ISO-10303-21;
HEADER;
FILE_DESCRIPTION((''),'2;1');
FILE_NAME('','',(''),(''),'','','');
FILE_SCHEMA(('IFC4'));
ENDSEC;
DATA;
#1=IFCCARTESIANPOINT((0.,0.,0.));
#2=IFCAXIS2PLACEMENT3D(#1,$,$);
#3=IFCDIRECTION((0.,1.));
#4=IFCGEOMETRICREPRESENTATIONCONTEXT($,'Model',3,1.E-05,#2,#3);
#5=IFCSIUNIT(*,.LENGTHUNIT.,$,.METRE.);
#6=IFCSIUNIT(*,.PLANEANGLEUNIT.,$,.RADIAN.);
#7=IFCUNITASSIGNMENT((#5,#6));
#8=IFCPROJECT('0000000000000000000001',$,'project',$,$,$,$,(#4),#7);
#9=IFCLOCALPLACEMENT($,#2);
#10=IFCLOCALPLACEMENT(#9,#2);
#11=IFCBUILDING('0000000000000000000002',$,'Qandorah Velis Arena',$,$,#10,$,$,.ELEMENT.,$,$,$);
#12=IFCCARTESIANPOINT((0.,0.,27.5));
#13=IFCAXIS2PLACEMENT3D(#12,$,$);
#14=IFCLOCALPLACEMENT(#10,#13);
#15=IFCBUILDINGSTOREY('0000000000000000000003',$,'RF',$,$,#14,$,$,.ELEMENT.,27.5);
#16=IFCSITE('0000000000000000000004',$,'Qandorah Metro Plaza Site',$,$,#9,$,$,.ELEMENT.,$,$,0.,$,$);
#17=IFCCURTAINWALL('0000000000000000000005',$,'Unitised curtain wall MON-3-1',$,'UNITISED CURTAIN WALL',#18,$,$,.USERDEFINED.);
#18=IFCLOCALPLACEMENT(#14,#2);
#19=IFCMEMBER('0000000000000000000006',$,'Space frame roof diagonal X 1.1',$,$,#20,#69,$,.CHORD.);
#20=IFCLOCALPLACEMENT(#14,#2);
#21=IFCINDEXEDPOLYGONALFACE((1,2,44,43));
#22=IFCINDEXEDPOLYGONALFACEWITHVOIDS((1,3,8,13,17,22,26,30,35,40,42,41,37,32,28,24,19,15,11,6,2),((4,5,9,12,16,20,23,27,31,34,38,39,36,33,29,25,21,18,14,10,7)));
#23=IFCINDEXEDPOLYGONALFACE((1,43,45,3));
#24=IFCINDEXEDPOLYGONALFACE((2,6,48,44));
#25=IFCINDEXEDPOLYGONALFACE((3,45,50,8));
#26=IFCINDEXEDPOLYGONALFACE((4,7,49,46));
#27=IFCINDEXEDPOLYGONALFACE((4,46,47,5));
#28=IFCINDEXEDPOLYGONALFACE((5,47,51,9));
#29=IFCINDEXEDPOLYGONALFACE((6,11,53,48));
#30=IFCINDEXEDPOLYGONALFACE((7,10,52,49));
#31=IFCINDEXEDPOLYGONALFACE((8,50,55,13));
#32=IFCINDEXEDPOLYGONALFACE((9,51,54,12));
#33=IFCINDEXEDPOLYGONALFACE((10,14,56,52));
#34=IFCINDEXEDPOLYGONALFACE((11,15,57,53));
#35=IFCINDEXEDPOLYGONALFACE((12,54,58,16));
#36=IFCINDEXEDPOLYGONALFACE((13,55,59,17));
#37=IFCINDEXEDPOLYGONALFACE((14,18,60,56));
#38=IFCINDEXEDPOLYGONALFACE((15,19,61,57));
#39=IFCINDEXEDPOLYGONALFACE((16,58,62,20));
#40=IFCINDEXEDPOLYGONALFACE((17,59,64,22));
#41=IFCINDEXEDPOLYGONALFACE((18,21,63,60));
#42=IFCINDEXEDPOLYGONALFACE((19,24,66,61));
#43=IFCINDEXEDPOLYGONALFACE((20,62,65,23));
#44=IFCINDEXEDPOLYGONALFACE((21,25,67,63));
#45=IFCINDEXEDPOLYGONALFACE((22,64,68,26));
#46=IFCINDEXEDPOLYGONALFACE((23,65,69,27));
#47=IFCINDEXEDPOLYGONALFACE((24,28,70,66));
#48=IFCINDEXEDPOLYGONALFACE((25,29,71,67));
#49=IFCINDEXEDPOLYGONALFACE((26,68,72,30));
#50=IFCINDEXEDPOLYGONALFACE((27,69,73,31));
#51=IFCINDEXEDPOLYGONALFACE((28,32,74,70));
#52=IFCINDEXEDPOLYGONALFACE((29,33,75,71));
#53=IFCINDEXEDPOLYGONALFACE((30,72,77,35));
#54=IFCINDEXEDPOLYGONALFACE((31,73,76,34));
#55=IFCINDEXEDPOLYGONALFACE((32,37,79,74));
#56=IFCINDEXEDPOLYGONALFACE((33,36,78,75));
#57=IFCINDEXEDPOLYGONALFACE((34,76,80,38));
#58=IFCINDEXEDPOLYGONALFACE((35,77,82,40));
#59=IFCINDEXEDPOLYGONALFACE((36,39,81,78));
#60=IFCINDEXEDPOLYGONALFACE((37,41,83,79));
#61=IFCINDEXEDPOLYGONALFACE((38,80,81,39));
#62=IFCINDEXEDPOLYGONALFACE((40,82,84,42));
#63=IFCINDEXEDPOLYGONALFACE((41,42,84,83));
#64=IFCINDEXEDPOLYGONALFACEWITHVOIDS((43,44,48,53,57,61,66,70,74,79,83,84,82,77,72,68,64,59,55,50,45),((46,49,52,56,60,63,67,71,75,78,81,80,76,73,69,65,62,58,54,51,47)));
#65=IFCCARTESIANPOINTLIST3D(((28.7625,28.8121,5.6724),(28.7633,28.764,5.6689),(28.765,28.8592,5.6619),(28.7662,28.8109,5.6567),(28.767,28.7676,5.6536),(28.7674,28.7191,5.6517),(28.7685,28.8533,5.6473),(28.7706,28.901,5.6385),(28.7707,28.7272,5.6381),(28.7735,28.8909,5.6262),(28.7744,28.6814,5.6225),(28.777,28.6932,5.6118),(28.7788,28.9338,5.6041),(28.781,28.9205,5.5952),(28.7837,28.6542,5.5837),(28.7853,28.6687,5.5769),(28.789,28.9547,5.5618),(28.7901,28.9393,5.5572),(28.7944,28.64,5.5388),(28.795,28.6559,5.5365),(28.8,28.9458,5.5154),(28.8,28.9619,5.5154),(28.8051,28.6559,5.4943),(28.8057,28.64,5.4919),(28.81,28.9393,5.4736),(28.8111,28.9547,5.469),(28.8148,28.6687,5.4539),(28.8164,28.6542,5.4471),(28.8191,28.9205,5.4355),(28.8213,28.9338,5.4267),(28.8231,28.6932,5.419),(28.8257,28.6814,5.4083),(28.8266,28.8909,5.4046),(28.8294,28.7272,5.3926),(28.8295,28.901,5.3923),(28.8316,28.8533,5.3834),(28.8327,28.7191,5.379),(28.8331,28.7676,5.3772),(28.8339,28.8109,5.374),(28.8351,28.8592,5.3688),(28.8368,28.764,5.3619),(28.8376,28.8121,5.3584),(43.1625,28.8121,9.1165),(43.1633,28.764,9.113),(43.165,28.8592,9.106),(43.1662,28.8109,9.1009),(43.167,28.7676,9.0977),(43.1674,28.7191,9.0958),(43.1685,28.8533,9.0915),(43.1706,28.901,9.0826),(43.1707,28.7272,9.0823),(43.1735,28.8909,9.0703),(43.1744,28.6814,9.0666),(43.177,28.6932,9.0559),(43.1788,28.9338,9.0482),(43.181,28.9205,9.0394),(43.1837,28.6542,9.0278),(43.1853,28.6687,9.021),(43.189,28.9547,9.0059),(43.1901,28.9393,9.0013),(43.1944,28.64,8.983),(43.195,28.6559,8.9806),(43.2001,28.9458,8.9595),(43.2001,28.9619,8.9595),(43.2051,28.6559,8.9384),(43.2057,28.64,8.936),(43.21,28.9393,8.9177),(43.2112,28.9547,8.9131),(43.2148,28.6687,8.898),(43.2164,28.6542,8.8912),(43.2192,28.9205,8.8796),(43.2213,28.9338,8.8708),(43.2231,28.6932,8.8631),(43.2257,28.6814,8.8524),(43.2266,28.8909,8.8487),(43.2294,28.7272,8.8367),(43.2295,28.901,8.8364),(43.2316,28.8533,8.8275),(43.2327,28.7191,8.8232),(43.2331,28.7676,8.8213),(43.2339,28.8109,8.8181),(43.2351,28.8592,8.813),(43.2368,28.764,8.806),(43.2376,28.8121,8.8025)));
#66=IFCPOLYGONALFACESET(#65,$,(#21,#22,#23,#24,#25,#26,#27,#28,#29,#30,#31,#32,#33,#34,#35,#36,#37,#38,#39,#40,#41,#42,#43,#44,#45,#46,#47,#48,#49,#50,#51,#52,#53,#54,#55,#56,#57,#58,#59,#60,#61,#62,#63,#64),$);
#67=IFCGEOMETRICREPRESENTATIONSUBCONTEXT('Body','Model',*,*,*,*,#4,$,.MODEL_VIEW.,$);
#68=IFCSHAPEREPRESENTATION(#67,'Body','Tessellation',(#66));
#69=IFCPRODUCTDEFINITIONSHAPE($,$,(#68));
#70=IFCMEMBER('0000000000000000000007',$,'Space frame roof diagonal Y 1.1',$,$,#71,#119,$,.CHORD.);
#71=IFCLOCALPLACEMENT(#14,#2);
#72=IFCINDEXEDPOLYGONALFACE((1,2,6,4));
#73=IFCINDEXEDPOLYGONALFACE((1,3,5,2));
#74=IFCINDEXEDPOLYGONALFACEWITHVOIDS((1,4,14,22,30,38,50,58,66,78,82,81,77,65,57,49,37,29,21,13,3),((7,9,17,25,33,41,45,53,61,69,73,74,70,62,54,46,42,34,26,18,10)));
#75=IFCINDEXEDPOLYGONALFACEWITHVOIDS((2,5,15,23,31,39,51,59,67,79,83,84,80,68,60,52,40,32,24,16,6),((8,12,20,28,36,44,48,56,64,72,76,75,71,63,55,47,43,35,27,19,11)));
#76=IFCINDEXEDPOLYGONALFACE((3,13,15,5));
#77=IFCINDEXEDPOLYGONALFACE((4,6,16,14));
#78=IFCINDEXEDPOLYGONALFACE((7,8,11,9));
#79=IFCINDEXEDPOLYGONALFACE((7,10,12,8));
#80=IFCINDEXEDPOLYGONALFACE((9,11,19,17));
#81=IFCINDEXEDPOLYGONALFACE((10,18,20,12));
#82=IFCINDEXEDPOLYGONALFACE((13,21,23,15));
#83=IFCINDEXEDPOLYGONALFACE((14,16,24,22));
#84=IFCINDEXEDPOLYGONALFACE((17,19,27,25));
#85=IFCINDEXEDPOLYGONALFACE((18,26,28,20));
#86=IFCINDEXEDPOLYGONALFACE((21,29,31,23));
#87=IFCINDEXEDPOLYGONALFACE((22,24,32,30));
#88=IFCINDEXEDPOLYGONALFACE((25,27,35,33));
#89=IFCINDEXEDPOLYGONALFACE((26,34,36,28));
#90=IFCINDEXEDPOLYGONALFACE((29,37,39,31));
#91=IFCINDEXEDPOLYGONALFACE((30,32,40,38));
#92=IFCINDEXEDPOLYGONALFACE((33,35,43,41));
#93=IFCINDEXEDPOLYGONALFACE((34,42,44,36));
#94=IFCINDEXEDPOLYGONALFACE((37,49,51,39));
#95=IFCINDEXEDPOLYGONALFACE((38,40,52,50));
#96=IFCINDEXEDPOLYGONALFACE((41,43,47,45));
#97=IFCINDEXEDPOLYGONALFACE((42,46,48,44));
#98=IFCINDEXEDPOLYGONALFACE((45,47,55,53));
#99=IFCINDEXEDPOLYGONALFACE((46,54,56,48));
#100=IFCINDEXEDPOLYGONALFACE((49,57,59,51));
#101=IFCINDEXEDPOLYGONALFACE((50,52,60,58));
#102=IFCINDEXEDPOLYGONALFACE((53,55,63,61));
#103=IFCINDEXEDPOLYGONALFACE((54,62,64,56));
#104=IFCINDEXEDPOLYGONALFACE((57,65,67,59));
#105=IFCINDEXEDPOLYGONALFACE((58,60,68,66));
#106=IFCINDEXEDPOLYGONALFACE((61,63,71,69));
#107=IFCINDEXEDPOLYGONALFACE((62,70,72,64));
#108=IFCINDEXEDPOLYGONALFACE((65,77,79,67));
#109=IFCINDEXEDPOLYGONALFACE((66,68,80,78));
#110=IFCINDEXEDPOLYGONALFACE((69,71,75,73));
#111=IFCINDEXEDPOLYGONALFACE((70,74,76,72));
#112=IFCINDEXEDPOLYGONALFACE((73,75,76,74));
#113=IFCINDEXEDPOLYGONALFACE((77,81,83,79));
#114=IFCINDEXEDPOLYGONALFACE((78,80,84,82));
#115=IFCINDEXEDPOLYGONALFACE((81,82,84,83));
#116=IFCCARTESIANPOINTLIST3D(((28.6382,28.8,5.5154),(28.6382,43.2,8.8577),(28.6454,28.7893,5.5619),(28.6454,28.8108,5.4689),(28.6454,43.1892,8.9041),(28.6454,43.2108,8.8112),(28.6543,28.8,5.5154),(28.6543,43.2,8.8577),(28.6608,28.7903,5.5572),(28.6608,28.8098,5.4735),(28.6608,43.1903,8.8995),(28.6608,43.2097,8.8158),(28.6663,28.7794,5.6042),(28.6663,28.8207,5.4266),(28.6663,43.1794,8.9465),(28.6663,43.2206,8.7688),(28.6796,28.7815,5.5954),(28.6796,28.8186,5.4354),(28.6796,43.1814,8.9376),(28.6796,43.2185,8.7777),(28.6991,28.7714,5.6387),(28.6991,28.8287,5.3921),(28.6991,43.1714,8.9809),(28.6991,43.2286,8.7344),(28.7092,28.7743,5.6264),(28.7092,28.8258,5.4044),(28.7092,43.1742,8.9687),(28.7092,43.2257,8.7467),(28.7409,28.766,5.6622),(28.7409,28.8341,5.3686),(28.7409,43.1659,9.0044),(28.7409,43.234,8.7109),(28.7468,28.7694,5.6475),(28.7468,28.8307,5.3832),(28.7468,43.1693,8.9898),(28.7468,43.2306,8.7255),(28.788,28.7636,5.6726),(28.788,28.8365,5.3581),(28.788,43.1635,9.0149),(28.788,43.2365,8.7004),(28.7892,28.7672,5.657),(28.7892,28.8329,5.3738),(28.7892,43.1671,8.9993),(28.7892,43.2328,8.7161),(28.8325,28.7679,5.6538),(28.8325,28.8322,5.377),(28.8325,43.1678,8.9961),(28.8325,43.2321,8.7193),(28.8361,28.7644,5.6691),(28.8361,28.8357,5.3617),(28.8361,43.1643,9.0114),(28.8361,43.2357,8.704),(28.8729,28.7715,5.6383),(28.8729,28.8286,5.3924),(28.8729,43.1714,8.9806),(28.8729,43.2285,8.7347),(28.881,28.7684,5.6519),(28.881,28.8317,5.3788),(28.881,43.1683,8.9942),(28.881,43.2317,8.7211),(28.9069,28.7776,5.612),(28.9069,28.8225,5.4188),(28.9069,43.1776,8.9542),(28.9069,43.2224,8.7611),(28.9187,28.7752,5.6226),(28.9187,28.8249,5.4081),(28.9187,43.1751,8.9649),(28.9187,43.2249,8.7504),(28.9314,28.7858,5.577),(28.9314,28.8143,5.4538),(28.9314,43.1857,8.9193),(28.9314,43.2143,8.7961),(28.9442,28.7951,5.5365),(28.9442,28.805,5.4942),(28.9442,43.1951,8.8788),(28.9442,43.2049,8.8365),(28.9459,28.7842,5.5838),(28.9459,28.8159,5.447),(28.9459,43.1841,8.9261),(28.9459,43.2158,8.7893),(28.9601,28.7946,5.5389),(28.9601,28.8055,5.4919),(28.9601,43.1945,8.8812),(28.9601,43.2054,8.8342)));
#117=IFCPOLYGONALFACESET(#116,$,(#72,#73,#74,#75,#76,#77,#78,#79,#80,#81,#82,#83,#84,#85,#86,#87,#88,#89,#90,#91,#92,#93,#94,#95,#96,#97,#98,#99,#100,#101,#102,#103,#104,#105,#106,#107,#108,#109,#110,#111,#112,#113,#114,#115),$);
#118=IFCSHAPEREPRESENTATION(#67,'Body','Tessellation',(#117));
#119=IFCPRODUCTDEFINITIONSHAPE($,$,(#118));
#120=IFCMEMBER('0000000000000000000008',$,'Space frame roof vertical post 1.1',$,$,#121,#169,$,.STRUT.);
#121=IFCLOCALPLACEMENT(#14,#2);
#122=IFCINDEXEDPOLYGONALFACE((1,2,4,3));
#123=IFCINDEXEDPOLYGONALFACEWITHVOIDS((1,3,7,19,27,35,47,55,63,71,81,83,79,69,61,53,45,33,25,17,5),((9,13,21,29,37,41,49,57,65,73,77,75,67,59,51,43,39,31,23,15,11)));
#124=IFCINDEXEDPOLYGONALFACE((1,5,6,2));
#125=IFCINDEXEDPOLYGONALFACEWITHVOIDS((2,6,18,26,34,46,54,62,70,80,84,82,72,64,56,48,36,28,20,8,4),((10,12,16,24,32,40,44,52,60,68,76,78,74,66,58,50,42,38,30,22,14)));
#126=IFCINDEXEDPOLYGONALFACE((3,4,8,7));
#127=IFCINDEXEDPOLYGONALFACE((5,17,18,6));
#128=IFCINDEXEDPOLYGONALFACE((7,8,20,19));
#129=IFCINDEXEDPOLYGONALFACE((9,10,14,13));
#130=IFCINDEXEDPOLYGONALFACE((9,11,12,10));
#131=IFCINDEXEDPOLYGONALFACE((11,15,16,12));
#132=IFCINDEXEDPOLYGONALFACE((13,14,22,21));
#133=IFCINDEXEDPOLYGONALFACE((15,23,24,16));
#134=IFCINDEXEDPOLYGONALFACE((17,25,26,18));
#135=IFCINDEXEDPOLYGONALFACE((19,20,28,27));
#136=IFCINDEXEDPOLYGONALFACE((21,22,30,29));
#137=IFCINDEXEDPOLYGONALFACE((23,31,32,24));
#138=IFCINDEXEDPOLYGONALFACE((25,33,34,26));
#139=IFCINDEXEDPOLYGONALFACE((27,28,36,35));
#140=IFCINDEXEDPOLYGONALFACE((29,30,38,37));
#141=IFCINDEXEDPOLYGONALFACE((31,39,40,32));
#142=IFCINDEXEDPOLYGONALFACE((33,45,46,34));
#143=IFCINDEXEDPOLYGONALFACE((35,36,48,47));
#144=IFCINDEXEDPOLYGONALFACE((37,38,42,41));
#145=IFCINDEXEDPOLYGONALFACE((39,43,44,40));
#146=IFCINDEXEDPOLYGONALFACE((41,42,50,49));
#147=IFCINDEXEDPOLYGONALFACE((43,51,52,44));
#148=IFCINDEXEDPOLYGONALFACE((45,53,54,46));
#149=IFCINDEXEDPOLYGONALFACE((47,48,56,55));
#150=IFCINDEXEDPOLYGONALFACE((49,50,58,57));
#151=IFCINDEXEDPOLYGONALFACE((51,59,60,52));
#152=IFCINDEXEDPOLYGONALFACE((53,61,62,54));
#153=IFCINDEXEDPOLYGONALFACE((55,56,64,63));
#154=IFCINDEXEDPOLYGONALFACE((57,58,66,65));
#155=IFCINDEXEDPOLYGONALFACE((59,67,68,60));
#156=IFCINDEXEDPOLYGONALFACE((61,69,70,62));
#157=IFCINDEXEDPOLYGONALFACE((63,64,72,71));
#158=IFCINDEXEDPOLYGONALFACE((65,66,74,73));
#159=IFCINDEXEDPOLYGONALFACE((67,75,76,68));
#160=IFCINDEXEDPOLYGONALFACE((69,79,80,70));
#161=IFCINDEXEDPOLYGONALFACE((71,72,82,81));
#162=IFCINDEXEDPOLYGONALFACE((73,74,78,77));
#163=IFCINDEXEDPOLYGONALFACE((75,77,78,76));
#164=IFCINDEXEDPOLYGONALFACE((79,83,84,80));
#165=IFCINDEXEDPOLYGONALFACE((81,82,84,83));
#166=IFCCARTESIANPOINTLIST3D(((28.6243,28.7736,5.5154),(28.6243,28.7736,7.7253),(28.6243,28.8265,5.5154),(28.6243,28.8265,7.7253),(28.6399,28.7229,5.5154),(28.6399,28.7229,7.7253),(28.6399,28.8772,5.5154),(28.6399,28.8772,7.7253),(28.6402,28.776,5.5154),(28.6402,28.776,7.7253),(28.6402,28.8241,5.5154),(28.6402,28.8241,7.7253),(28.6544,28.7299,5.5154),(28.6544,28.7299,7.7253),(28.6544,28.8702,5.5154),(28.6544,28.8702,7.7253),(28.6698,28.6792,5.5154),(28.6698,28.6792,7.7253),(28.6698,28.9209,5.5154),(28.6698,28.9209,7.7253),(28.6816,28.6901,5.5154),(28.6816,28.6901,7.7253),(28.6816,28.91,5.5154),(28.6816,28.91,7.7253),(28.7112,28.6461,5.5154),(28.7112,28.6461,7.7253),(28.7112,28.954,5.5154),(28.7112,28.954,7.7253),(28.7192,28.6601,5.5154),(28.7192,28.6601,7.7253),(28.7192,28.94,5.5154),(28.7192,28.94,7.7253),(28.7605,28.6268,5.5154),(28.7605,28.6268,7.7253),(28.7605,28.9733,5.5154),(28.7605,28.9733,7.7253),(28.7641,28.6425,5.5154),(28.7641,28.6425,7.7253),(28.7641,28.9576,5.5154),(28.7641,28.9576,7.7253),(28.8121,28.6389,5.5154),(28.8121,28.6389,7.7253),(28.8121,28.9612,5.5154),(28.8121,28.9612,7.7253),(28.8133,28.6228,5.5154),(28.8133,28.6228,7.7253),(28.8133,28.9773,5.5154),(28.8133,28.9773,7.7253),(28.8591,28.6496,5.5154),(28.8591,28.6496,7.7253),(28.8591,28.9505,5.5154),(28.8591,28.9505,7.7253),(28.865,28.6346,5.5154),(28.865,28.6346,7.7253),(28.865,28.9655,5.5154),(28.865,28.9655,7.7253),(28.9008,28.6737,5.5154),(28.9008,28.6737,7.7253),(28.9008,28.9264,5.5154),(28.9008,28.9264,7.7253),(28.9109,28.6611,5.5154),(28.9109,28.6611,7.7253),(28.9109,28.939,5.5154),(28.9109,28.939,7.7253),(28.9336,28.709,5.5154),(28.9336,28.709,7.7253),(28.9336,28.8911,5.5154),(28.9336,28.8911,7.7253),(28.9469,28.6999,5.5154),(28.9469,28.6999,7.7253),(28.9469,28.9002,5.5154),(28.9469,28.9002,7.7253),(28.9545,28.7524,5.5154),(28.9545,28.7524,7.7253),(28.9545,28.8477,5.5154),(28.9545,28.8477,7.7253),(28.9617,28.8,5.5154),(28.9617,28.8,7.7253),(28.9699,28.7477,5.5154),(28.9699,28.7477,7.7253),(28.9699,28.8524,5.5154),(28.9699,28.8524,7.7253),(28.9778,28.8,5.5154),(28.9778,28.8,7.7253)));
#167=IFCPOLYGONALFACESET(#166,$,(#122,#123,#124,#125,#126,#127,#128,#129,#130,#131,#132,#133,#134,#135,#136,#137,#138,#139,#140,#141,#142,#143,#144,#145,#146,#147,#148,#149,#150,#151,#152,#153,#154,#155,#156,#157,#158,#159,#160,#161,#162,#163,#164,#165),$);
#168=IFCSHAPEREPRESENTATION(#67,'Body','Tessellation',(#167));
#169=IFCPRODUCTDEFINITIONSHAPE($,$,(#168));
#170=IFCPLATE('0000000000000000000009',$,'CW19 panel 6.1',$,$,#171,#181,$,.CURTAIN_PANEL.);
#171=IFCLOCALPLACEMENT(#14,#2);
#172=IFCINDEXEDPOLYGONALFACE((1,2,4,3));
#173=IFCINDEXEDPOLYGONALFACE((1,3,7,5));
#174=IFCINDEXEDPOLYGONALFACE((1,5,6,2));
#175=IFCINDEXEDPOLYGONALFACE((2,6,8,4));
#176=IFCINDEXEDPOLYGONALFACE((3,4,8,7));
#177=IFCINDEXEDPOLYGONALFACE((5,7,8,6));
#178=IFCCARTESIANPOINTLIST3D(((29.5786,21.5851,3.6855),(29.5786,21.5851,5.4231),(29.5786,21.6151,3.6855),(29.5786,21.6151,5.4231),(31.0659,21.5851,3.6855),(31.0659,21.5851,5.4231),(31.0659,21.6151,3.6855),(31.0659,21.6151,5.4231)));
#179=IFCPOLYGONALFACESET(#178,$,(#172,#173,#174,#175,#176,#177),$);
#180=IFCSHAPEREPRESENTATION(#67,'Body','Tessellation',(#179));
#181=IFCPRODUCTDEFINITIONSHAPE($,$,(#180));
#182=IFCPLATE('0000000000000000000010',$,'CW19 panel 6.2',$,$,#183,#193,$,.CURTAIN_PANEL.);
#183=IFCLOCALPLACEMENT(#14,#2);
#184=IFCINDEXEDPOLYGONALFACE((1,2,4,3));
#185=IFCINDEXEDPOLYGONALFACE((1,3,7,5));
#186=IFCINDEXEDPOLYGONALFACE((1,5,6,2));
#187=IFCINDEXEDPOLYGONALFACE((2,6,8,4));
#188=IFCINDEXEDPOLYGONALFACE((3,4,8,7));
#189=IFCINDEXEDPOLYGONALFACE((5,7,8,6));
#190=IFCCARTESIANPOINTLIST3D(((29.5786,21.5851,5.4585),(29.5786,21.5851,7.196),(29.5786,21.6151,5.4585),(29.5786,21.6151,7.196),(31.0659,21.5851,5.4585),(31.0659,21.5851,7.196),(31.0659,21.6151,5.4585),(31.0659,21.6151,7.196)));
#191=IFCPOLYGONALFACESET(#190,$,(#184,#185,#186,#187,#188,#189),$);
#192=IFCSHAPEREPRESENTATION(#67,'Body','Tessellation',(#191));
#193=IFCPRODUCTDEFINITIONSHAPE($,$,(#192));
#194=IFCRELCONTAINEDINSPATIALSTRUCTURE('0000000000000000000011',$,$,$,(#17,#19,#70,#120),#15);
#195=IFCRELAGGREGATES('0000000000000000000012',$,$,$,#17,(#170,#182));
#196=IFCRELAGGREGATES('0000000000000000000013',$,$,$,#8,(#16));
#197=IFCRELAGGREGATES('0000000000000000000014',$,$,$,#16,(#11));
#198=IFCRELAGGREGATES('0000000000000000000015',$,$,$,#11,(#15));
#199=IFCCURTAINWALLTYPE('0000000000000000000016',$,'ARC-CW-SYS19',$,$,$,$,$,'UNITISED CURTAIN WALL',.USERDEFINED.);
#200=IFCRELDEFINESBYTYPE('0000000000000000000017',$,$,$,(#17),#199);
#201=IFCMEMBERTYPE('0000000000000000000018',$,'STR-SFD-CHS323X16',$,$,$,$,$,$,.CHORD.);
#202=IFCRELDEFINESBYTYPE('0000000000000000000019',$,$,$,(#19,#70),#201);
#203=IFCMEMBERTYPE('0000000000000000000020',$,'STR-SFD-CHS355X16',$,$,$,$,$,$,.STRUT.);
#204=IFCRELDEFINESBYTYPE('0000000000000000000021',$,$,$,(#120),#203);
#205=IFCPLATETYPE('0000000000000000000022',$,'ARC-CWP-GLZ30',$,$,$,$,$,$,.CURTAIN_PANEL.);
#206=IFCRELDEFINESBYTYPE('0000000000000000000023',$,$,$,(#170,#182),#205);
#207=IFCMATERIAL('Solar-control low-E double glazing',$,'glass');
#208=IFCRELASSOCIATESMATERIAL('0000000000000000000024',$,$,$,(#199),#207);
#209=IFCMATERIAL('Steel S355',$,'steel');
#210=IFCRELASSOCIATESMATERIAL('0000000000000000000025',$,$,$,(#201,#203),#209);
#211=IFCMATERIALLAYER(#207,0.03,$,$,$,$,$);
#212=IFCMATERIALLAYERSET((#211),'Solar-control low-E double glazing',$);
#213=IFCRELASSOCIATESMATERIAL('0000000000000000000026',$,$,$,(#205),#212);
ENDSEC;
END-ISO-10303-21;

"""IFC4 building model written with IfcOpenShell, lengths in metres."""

from ifc_helpers import new_model, si_unit, direction, frame, origin, origin_2d, place, context, subcontext, project, spatial, rectangle, hollow_circle, extrude, material, layer, layer_set, material_profile, profile_set, type_object, element, aggregate, save


model = new_model("IFC4")

# Units and contexts
model_context = context("Model", 3, precision=1e-05, world=origin(), true_north=direction((0.0, 1.0)))
body_context = subcontext(model_context, "Body", "Model", "MODEL_VIEW")
ifc_project = project(units=[si_unit("LENGTHUNIT", "METRE"), si_unit("PLANEANGLEUNIT", "RADIAN")], contexts=[model_context])

# Site, building, storey
site_placement = place(None, origin())
site = spatial("IfcSite", under=ifc_project, at=site_placement, Name="Qandorah Metro Plaza Site", CompositionType="ELEMENT", RefElevation=0.0)
building_placement = place(site_placement, origin())
building = spatial("IfcBuilding", under=site, at=building_placement, Name="Qandorah Velis Arena", CompositionType="ELEMENT")
storey_placement = place(building_placement, frame((0.0, 0.0, 27.5)))
storey = spatial("IfcBuildingStorey", under=building, at=storey_placement, Name="RF", CompositionType="ELEMENT", Elevation=27.5)

# Curtain wall
ifc_material_1 = material(Name="Solar-control low-E double glazing", Category="glass")
curtain_wall_type_1 = type_object("IfcCurtainWallType", Name="ARC-CW-SYS19", ElementType="UNITISED CURTAIN WALL", PredefinedType="USERDEFINED", material=ifc_material_1)
curtain_wall_1_placement = place(storey_placement, origin())
curtain_wall_1 = element("IfcCurtainWall", 1, at=curtain_wall_1_placement, inside=storey, type_object=curtain_wall_type_1, Name="Unitised curtain wall MON-3-1", ObjectType="UNITISED CURTAIN WALL", PredefinedType="USERDEFINED")

# Shared definitions
ifc_material_2 = material(Name="Steel S355", Category="steel")

# Members
ifc_material_profile_1 = material_profile(ifc_material_2, hollow_circle(Radius=0.1619, WallThickness=0.0161, at=origin_2d()), Name="CHS 323.9x16")
ifc_profile_set_1 = profile_set([ifc_material_profile_1], Name="Steel S355")
member_type_1 = type_object("IfcMemberType", Name="STR-SFD-CHS323X16", PredefinedType="CHORD", material=ifc_profile_set_1)
member_1_placement = place(storey_placement, frame((28.8, 28.8, 5.5154), z_axis=(0.972569, 0.0, 0.232614), x_axis=(0.0, 1.0, 0.0)))
element("IfcMember", 2, at=member_1_placement, inside=storey, type_object=member_type_1, Name="Space frame roof diagonal X 1.1", PredefinedType="CHORD", context=body_context, shape_type="SweptSolid", body=[
    extrude(hollow_circle(Radius=0.1619, WallThickness=0.0161, at=origin_2d()), origin(), (0.0, 0.0, 1.0), 14.8062),
])
member_2_placement = place(storey_placement, frame((28.8, 28.8, 5.5154), z_axis=(0.0, 0.974105, 0.226094), x_axis=(-1.0, 0.0, 0.0)))
element("IfcMember", 3, at=member_2_placement, inside=storey, type_object=member_type_1, Name="Space frame roof diagonal Y 1.1", PredefinedType="CHORD", context=body_context, shape_type="SweptSolid", body=[
    extrude(hollow_circle(Radius=0.1619, WallThickness=0.0161, at=origin_2d()), origin(), (0.0, 0.0, 1.0), 14.7827),
])
ifc_material_profile_2 = material_profile(ifc_material_2, hollow_circle(Radius=0.1777, WallThickness=0.0161, at=origin_2d()), Name="CHS 355.6x16")
ifc_profile_set_2 = profile_set([ifc_material_profile_2], Name="Steel S355")
member_type_2 = type_object("IfcMemberType", Name="STR-SFD-CHS355X16", PredefinedType="STRUT", material=ifc_profile_set_2)
member_3_placement = place(storey_placement, frame((28.8, 28.8, 5.5154), z_axis=(0.0, 0.0, 1.0), x_axis=(1.0, 0.0, 0.0)))
element("IfcMember", 4, at=member_3_placement, inside=storey, type_object=member_type_2, Name="Space frame roof vertical post 1.1", PredefinedType="STRUT", context=body_context, shape_type="SweptSolid", body=[
    extrude(hollow_circle(Radius=0.1777, WallThickness=0.0161, at=origin_2d()), origin(), (0.0, 0.0, 1.0), 2.21),
])

# Plates
ifc_layer_1 = layer(ifc_material_1, 0.03)
ifc_layer_set_1 = layer_set([ifc_layer_1], Name="Solar-control low-E double glazing")
plate_type_1 = type_object("IfcPlateType", Name="ARC-CWP-GLZ30", PredefinedType="CURTAIN_PANEL", material=ifc_layer_set_1)
plate_1_placement = place(storey_placement, frame((30.3223, 21.6001, 3.6855), z_axis=(0.0, 0.0, 1.0), x_axis=(1.0, 0.0, 0.0)))
plate_1 = element("IfcPlate", 5, at=plate_1_placement, type_object=plate_type_1, Name="CW19 panel 6.1", PredefinedType="CURTAIN_PANEL", context=body_context, shape_type="SweptSolid", body=[
    extrude(rectangle(XDim=1.4873, YDim=0.03, at=origin_2d()), origin(), (0.0, 0.0, 1.0), 1.7375),
])
plate_2_placement = place(storey_placement, frame((30.3223, 21.6001, 5.4585), z_axis=(0.0, 0.0, 1.0), x_axis=(1.0, 0.0, 0.0)))
plate_2 = element("IfcPlate", 6, at=plate_2_placement, type_object=plate_type_1, Name="CW19 panel 6.2", PredefinedType="CURTAIN_PANEL", context=body_context, shape_type="SweptSolid", body=[
    extrude(rectangle(XDim=1.4873, YDim=0.03, at=origin_2d()), origin(), (0.0, 0.0, 1.0), 1.7375),
])
aggregate(curtain_wall_1, [plate_1, plate_2])

save(model, "model.ifc")
